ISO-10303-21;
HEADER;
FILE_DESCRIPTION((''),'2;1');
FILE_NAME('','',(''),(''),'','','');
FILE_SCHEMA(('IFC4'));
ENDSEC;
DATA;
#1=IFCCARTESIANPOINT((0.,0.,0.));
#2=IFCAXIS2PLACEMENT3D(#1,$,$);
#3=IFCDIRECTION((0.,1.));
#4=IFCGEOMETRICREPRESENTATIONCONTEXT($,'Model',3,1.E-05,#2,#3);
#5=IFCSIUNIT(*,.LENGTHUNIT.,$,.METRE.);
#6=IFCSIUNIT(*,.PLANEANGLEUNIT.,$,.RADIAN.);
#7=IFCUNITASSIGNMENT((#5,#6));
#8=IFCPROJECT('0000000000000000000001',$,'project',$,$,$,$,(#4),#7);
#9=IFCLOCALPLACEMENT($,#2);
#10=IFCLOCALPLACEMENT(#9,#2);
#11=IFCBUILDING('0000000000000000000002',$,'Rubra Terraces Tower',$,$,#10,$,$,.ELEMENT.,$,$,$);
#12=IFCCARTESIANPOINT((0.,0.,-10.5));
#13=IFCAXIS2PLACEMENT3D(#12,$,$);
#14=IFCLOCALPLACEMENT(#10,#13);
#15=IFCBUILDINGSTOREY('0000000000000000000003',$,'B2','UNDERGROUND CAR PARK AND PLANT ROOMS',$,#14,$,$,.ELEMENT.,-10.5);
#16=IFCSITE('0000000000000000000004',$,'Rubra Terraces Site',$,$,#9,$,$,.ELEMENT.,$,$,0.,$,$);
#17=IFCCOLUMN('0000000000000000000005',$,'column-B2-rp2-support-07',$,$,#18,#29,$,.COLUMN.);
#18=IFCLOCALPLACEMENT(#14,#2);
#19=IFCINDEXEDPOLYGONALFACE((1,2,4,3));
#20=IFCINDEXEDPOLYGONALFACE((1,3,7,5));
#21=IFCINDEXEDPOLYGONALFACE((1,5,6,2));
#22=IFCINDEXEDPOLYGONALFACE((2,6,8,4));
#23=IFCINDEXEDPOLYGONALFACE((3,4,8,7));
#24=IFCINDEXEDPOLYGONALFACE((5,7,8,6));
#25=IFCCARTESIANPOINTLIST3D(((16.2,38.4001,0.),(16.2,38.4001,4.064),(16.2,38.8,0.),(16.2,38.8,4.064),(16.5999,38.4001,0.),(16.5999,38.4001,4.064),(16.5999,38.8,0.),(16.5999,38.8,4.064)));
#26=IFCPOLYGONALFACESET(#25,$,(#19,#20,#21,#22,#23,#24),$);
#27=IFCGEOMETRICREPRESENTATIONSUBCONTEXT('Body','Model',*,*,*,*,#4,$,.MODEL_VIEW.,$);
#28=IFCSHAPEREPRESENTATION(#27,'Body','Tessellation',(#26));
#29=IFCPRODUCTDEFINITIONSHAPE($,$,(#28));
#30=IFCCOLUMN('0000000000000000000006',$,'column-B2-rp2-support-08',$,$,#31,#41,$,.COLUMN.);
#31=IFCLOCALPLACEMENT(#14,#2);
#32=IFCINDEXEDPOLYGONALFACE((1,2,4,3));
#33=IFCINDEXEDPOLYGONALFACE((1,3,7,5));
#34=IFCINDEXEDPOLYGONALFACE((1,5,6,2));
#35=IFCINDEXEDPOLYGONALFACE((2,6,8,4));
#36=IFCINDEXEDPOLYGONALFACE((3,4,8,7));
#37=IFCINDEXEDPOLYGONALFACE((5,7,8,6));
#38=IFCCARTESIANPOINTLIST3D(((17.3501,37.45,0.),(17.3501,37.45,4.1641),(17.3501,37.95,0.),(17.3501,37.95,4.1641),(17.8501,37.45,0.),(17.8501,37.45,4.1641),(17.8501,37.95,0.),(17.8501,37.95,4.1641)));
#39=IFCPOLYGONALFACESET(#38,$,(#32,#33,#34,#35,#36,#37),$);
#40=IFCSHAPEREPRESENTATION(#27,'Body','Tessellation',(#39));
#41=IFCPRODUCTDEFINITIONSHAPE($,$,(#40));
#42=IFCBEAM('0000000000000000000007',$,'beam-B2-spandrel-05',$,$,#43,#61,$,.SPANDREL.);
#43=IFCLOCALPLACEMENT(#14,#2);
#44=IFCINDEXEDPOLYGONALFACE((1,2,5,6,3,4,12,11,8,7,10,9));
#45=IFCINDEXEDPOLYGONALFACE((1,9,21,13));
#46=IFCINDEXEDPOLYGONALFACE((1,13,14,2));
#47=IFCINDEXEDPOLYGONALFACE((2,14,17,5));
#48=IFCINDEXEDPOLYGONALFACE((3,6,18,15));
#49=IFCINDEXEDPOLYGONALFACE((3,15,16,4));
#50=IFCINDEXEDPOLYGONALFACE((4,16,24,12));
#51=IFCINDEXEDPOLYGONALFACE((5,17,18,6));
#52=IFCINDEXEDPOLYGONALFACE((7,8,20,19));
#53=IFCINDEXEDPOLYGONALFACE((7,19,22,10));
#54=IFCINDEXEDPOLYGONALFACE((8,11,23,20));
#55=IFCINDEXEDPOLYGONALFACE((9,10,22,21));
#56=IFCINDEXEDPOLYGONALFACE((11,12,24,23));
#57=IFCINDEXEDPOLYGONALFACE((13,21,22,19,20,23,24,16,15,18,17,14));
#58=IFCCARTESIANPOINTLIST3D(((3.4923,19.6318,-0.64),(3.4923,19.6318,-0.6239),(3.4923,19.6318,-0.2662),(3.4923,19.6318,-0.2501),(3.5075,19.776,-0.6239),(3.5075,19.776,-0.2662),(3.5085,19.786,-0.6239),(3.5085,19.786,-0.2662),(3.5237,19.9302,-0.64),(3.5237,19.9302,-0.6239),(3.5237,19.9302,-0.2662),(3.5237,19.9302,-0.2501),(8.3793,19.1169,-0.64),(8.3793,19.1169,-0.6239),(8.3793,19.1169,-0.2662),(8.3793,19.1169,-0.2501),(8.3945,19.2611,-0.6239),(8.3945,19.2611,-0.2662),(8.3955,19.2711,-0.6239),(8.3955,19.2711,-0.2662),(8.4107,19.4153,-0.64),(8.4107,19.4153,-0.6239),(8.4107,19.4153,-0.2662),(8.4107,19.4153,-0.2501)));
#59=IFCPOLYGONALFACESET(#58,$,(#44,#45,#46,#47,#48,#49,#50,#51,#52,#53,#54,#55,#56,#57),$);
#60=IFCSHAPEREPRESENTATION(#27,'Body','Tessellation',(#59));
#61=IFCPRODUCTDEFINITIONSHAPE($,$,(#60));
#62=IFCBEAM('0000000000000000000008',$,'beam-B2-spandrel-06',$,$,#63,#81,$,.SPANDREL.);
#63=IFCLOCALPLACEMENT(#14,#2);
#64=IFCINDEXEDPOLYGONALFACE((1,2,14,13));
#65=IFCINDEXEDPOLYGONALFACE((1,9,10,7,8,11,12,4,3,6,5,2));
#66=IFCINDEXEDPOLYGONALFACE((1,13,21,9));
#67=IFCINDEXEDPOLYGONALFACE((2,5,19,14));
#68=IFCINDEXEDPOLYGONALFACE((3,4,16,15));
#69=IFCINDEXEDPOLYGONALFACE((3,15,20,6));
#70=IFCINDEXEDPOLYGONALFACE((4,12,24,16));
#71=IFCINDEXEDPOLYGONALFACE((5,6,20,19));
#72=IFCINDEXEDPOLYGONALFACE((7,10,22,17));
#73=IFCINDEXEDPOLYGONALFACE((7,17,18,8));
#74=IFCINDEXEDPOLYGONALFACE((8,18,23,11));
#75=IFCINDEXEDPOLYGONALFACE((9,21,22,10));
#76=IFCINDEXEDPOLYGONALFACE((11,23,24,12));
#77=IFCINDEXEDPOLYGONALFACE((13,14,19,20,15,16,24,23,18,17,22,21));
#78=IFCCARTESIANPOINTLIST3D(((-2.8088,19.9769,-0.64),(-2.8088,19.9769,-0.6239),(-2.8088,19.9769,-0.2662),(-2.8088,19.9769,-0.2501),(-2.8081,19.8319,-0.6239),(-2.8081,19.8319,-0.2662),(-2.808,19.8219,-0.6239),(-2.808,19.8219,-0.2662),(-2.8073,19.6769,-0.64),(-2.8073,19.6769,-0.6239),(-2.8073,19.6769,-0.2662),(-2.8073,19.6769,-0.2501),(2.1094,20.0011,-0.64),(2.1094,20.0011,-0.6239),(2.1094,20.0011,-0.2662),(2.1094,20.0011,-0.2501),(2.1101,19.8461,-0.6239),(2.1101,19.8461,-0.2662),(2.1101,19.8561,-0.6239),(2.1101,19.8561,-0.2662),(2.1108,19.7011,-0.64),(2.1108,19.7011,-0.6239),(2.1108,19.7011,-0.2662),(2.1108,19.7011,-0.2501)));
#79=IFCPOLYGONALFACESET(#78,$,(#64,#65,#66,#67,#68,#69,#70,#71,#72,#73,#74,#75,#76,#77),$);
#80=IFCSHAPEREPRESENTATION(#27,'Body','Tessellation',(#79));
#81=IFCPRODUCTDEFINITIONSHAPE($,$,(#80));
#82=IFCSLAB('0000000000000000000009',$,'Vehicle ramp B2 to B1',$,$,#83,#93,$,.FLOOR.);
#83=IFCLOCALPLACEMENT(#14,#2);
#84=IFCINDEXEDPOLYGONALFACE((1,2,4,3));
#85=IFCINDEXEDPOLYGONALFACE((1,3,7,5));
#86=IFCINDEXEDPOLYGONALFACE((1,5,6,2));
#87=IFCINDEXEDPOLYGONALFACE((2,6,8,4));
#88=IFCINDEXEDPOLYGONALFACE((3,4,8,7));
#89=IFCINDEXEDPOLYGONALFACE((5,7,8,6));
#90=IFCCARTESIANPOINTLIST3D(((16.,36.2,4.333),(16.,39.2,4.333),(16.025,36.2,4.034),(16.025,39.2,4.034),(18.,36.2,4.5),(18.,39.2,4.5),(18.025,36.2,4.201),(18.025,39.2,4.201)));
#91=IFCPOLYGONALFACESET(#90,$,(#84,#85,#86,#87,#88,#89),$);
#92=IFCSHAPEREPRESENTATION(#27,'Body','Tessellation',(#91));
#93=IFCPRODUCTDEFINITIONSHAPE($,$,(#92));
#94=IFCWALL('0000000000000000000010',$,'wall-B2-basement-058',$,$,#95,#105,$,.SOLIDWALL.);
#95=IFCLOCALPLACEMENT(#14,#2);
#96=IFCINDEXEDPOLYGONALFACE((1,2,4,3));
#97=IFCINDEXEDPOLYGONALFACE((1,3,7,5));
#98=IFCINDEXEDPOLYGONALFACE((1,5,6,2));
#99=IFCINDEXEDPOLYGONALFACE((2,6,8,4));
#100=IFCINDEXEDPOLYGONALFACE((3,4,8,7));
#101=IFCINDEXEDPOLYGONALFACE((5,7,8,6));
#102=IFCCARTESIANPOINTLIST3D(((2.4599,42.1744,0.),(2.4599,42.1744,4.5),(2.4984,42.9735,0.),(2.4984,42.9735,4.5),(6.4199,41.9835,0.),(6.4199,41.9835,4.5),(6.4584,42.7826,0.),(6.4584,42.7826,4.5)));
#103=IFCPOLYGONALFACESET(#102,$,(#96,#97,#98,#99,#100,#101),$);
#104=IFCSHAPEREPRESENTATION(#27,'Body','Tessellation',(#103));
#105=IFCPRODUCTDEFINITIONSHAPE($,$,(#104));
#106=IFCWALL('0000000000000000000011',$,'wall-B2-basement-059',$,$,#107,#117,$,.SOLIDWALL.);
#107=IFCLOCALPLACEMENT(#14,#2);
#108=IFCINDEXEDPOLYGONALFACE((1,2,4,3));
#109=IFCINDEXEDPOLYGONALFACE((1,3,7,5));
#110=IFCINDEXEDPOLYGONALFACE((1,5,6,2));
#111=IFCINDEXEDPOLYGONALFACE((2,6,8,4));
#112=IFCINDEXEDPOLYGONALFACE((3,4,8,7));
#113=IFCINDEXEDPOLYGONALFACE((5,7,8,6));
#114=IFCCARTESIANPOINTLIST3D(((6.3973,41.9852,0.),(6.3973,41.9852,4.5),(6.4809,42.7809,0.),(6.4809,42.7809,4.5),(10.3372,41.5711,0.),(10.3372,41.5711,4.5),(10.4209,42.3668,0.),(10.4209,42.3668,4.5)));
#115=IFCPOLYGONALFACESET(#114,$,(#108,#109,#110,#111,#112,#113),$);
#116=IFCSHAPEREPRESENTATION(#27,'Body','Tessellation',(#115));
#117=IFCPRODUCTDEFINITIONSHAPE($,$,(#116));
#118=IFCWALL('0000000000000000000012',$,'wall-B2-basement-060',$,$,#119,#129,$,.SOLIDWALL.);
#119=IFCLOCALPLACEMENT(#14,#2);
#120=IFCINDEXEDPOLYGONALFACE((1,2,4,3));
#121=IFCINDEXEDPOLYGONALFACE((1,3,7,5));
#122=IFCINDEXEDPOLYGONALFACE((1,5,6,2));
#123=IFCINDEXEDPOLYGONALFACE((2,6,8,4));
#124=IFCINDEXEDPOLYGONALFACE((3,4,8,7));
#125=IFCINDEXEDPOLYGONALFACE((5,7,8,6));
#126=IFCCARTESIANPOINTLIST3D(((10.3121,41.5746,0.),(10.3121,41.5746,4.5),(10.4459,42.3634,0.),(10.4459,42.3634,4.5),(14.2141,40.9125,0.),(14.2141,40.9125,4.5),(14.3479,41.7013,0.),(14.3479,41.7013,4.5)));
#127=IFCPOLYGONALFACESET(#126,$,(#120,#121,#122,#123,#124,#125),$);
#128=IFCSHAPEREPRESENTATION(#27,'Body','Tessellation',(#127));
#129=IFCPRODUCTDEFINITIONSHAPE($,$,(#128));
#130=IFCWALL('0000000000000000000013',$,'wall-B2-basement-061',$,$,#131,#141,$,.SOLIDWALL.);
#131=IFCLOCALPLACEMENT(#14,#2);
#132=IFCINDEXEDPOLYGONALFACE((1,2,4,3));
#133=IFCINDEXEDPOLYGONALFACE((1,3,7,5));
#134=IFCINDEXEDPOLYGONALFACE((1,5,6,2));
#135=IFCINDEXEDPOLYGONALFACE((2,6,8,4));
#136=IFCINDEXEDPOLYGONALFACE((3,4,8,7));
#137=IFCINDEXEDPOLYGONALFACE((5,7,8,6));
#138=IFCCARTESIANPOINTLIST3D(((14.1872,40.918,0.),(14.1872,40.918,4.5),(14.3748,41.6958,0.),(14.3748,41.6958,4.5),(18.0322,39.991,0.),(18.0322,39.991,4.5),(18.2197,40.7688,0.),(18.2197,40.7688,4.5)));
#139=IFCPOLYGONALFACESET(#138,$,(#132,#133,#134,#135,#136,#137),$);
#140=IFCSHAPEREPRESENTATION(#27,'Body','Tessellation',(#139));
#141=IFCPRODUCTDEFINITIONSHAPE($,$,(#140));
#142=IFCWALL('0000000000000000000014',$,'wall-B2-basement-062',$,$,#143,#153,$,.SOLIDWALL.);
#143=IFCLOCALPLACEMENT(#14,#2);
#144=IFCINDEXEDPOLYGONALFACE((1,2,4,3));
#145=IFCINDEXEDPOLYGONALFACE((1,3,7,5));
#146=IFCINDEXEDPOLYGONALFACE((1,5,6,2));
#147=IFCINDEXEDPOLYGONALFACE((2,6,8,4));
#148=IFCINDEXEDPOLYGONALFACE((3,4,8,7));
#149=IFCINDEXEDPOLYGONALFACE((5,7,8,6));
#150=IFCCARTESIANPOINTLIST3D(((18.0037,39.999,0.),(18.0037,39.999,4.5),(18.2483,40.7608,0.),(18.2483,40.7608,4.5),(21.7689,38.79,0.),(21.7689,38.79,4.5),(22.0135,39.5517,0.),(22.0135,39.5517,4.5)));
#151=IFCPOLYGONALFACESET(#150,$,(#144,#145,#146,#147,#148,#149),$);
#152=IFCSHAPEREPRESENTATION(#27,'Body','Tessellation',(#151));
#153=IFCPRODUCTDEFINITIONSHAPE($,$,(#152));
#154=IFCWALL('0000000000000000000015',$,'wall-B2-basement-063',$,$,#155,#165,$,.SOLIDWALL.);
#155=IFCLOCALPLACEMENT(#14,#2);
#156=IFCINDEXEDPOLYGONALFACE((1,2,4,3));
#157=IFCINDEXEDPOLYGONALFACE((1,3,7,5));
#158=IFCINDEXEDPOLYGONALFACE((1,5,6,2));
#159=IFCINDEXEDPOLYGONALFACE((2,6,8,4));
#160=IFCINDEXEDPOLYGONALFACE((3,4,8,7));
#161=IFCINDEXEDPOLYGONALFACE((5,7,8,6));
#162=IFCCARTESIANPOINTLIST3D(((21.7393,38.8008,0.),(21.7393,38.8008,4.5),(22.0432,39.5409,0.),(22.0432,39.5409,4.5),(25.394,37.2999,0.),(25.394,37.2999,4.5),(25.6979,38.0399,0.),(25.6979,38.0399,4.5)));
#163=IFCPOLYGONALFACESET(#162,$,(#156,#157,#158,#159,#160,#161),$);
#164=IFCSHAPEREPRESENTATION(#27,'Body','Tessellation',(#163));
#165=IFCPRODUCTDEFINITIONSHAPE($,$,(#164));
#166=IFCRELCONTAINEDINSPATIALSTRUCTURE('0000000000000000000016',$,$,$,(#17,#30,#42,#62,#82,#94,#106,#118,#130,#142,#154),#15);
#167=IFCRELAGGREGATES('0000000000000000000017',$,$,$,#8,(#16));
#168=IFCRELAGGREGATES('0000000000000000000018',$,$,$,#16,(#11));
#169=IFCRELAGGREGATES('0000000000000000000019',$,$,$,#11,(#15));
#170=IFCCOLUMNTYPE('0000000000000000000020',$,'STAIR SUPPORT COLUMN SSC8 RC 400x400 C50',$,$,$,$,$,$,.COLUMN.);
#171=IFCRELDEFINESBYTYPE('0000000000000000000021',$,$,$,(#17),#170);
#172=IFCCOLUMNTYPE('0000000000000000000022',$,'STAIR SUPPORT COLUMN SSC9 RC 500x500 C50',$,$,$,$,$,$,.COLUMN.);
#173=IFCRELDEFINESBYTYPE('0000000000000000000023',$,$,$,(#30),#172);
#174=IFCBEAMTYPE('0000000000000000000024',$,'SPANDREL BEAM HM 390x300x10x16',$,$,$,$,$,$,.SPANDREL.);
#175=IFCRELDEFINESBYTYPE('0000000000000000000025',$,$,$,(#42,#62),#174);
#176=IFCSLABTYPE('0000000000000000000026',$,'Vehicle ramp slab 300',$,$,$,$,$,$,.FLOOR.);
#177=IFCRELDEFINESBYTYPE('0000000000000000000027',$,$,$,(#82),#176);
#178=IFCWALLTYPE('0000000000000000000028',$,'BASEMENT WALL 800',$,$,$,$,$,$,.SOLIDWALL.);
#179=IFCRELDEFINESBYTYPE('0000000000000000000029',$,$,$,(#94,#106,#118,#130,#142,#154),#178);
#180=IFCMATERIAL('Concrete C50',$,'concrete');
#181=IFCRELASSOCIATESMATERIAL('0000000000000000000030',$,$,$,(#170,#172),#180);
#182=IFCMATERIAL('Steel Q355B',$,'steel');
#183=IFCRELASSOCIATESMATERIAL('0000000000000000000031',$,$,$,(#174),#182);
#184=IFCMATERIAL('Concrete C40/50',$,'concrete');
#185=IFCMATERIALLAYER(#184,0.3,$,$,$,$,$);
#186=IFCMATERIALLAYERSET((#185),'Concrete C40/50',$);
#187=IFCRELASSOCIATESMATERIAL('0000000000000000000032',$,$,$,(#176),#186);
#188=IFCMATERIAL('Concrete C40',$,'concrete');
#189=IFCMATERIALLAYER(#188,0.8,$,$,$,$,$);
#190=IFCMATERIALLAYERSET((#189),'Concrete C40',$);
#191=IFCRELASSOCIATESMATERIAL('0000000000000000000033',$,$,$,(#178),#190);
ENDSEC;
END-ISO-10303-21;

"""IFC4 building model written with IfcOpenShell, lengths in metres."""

from ifc_helpers import new_model, si_unit, direction, frame, frame_2d, origin, origin_2d, place, context, subcontext, project, spatial, polyline, rectangle, i_section, outline, extrude, material, layer, layer_set, material_profile, profile_set, type_object, element, save


model = new_model("IFC4")

# Units and contexts
model_context = context("Model", 3, precision=1e-05, world=origin(), true_north=direction((0.0, 1.0)))
body_context = subcontext(model_context, "Body", "Model", "MODEL_VIEW")
ifc_project = project(units=[si_unit("LENGTHUNIT", "METRE"), si_unit("PLANEANGLEUNIT", "RADIAN")], contexts=[model_context])

# Site, building, storey
site_placement = place(None, origin())
site = spatial("IfcSite", under=ifc_project, at=site_placement, Name="Rubra Terraces Site", CompositionType="ELEMENT", RefElevation=0.0)
building_placement = place(site_placement, origin())
building = spatial("IfcBuilding", under=site, at=building_placement, Name="Rubra Terraces Tower", CompositionType="ELEMENT")
storey_placement = place(building_placement, frame((0.0, 0.0, -10.5)))
storey = spatial("IfcBuildingStorey", under=building, at=storey_placement, Name="B2", Description="UNDERGROUND CAR PARK AND PLANT ROOMS", CompositionType="ELEMENT", Elevation=-10.5)

# Columns
ifc_material_1 = material(Name="Concrete C50", Category="concrete")
ifc_material_profile_1 = material_profile(ifc_material_1, rectangle(XDim=0.3999, YDim=0.3999, at=origin_2d()), Name="RC 400x400")
ifc_profile_set_1 = profile_set([ifc_material_profile_1], Name="Concrete C50")
column_type_1 = type_object("IfcColumnType", Name="STAIR SUPPORT COLUMN SSC8 RC 400x400 C50", PredefinedType="COLUMN", material=ifc_profile_set_1)
for number, where, z_axis, x_axis, name in (
    (1, (16.3999, 38.6001, 0.0), (0.0, 0.0, 1.0), (1.0, 0.0, 0.0), "column-B2-rp2-support-07"),
):
    element("IfcColumn", number, at=place(storey_placement, frame(where, z_axis=z_axis, x_axis=x_axis)), inside=storey, type_object=column_type_1, Name=name, PredefinedType="COLUMN", context=body_context, shape_type="SweptSolid", body=[
        extrude(rectangle(XDim=0.3999, YDim=0.3999, at=origin_2d()), origin(), (0.0, 0.0, 1.0), 4.064),
    ])
ifc_material_profile_2 = material_profile(ifc_material_1, rectangle(XDim=0.5, YDim=0.5, at=origin_2d()), Name="RC 500x500")
ifc_profile_set_2 = profile_set([ifc_material_profile_2], Name="Concrete C50")
column_type_2 = type_object("IfcColumnType", Name="STAIR SUPPORT COLUMN SSC9 RC 500x500 C50", PredefinedType="COLUMN", material=ifc_profile_set_2)
column_1_placement = place(storey_placement, frame((17.6001, 37.7, 0.0), z_axis=(0.0, 0.0, 1.0), x_axis=(1.0, 0.0, 0.0)))
element("IfcColumn", 2, at=column_1_placement, inside=storey, type_object=column_type_2, Name="column-B2-rp2-support-08", PredefinedType="COLUMN", context=body_context, shape_type="SweptSolid", body=[
    extrude(rectangle(XDim=0.5, YDim=0.5, at=origin_2d()), origin(), (0.0, 0.0, 1.0), 4.1641),
])

# Beams
ifc_material_2 = material(Name="Steel Q355B", Category="steel")
ifc_material_profile_3 = material_profile(ifc_material_2, i_section(OverallWidth=0.3, OverallDepth=0.3899, WebThickness=0.01, FlangeThickness=0.0161, at=origin_2d()), Name="HM 390x300x10x16")
ifc_profile_set_3 = profile_set([ifc_material_profile_3], Name="Steel Q355B")
beam_type = type_object("IfcBeamType", Name="SPANDREL BEAM HM 390x300x10x16", PredefinedType="SPANDREL", material=ifc_profile_set_3)
beam_1_placement = place(storey_placement, frame((8.395, 19.2661, -0.4451), z_axis=(-0.994495, 0.10478, 0.0), x_axis=(-0.10478, -0.994495, 0.0)))
element("IfcBeam", 3, at=beam_1_placement, inside=storey, type_object=beam_type, Name="beam-B2-spandrel-05", PredefinedType="SPANDREL", context=body_context, shape_type="SweptSolid", body=[
    extrude(i_section(OverallWidth=0.3, OverallDepth=0.3899, WebThickness=0.01, FlangeThickness=0.0161, at=origin_2d()), origin(), (0.0, 0.0, 1.0), 4.9141),
])
beam_2_placement = place(storey_placement, frame((2.1101, 19.8511, -0.4451), z_axis=(-0.999988, -0.004914, 0.0), x_axis=(0.004914, -0.999988, 0.0)))
element("IfcBeam", 4, at=beam_2_placement, inside=storey, type_object=beam_type, Name="beam-B2-spandrel-06", PredefinedType="SPANDREL", context=body_context, shape_type="SweptSolid", body=[
    extrude(i_section(OverallWidth=0.3, OverallDepth=0.3899, WebThickness=0.01, FlangeThickness=0.0161, at=origin_2d()), origin(), (0.0, 0.0, 1.0), 4.9182),
])

# Slab
ifc_material_3 = material(Name="Concrete C40/50", Category="concrete")
ifc_layer_1 = layer(ifc_material_3, 0.3)
ifc_layer_set_1 = layer_set([ifc_layer_1], Name="Concrete C40/50")
slab_type = type_object("IfcSlabType", Name="Vehicle ramp slab 300", PredefinedType="FLOOR", material=ifc_layer_set_1)
slab_placement = place(storey_placement, frame((16.0, 36.2, 4.333), z_axis=(-0.083207, 0.0, 0.996532), x_axis=(0.996532, 0.0, 0.083207)))
element("IfcSlab", 5, at=slab_placement, inside=storey, type_object=slab_type, Name="Vehicle ramp B2 to B1", PredefinedType="FLOOR", context=body_context, shape_type="SweptSolid", body=[
    extrude(outline(polyline([(0.0, 0.0), (2.007, 0.0), (2.007, 3.0), (0.0, 3.0), (0.0, 0.0)])), origin(), (0.0, 0.0, -1.0), 0.3),
])

# Walls
ifc_material_4 = material(Name="Concrete C40", Category="concrete")
ifc_layer_2 = layer(ifc_material_4, 0.8)
ifc_layer_set_2 = layer_set([ifc_layer_2], Name="Concrete C40")
wall_type = type_object("IfcWallType", Name="BASEMENT WALL 800", PredefinedType="SOLIDWALL", material=ifc_layer_set_2)
wall_1_placement = place(storey_placement, frame((2.479, 42.574, 0.0), z_axis=(0.0, 0.0, 1.0), x_axis=(0.99884, -0.048156, 0.0)))
element("IfcWall", 6, at=wall_1_placement, inside=storey, type_object=wall_type, Name="wall-B2-basement-058", PredefinedType="SOLIDWALL", context=body_context, shape_type="SweptSolid", body=[
    extrude(rectangle(XDim=3.9646, YDim=0.8, at=frame_2d((1.9824, 0.0))), origin(), (0.0, 0.0, 1.0), 4.5),
])
wall_2_placement = place(storey_placement, frame((6.439, 42.3831, 0.0), z_axis=(0.0, 0.0, 1.0), x_axis=(0.994523, -0.104518, 0.0)))
element("IfcWall", 7, at=wall_2_placement, inside=storey, type_object=wall_type, Name="wall-B2-basement-059", PredefinedType="SOLIDWALL", context=body_context, shape_type="SweptSolid", body=[
    extrude(rectangle(XDim=3.9617, YDim=0.8, at=frame_2d((1.981, 0.0))), origin(), (0.0, 0.0, 1.0), 4.5),
])
wall_3_placement = place(storey_placement, frame((10.3789, 41.969, 0.0), z_axis=(0.0, 0.0, 1.0), x_axis=(0.985908, -0.167289, 0.0)))
element("IfcWall", 8, at=wall_3_placement, inside=storey, type_object=wall_type, Name="wall-B2-basement-060", PredefinedType="SOLIDWALL", context=body_context, shape_type="SweptSolid", body=[
    extrude(rectangle(XDim=3.9578, YDim=0.8, at=frame_2d((1.979, 0.0))), origin(), (0.0, 0.0, 1.0), 4.5),
])
wall_4_placement = place(storey_placement, frame((14.281, 41.3069, 0.0), z_axis=(0.0, 0.0, 1.0), x_axis=(0.972145, -0.234379, 0.0)))
element("IfcWall", 9, at=wall_4_placement, inside=storey, type_object=wall_type, Name="wall-B2-basement-061", PredefinedType="SOLIDWALL", context=body_context, shape_type="SweptSolid", body=[
    extrude(rectangle(XDim=3.9551, YDim=0.8, at=frame_2d((1.9775, 0.0))), origin(), (0.0, 0.0, 1.0), 4.5),
])
wall_5_placement = place(storey_placement, frame((18.126, 40.3799, 0.0), z_axis=(0.0, 0.0, 1.0), x_axis=(0.95212, -0.305725, 0.0)))
element("IfcWall", 10, at=wall_5_placement, inside=storey, type_object=wall_type, Name="wall-B2-basement-062", PredefinedType="SOLIDWALL", context=body_context, shape_type="SweptSolid", body=[
    extrude(rectangle(XDim=3.9546, YDim=0.8, at=frame_2d((1.9773, 0.0))), origin(), (0.0, 0.0, 1.0), 4.5),
])
wall_6_placement = place(storey_placement, frame((21.8911, 39.1709, 0.0), z_axis=(0.0, 0.0, 1.0), x_axis=(0.925028, -0.379898, 0.0)))
element("IfcWall", 11, at=wall_6_placement, inside=storey, type_object=wall_type, Name="wall-B2-basement-063", PredefinedType="SOLIDWALL", context=body_context, shape_type="SweptSolid", body=[
    extrude(rectangle(XDim=3.9509, YDim=0.8, at=frame_2d((1.9756, 0.0))), origin(), (0.0, 0.0, 1.0), 4.5),
])

save(model, "model.ifc")
